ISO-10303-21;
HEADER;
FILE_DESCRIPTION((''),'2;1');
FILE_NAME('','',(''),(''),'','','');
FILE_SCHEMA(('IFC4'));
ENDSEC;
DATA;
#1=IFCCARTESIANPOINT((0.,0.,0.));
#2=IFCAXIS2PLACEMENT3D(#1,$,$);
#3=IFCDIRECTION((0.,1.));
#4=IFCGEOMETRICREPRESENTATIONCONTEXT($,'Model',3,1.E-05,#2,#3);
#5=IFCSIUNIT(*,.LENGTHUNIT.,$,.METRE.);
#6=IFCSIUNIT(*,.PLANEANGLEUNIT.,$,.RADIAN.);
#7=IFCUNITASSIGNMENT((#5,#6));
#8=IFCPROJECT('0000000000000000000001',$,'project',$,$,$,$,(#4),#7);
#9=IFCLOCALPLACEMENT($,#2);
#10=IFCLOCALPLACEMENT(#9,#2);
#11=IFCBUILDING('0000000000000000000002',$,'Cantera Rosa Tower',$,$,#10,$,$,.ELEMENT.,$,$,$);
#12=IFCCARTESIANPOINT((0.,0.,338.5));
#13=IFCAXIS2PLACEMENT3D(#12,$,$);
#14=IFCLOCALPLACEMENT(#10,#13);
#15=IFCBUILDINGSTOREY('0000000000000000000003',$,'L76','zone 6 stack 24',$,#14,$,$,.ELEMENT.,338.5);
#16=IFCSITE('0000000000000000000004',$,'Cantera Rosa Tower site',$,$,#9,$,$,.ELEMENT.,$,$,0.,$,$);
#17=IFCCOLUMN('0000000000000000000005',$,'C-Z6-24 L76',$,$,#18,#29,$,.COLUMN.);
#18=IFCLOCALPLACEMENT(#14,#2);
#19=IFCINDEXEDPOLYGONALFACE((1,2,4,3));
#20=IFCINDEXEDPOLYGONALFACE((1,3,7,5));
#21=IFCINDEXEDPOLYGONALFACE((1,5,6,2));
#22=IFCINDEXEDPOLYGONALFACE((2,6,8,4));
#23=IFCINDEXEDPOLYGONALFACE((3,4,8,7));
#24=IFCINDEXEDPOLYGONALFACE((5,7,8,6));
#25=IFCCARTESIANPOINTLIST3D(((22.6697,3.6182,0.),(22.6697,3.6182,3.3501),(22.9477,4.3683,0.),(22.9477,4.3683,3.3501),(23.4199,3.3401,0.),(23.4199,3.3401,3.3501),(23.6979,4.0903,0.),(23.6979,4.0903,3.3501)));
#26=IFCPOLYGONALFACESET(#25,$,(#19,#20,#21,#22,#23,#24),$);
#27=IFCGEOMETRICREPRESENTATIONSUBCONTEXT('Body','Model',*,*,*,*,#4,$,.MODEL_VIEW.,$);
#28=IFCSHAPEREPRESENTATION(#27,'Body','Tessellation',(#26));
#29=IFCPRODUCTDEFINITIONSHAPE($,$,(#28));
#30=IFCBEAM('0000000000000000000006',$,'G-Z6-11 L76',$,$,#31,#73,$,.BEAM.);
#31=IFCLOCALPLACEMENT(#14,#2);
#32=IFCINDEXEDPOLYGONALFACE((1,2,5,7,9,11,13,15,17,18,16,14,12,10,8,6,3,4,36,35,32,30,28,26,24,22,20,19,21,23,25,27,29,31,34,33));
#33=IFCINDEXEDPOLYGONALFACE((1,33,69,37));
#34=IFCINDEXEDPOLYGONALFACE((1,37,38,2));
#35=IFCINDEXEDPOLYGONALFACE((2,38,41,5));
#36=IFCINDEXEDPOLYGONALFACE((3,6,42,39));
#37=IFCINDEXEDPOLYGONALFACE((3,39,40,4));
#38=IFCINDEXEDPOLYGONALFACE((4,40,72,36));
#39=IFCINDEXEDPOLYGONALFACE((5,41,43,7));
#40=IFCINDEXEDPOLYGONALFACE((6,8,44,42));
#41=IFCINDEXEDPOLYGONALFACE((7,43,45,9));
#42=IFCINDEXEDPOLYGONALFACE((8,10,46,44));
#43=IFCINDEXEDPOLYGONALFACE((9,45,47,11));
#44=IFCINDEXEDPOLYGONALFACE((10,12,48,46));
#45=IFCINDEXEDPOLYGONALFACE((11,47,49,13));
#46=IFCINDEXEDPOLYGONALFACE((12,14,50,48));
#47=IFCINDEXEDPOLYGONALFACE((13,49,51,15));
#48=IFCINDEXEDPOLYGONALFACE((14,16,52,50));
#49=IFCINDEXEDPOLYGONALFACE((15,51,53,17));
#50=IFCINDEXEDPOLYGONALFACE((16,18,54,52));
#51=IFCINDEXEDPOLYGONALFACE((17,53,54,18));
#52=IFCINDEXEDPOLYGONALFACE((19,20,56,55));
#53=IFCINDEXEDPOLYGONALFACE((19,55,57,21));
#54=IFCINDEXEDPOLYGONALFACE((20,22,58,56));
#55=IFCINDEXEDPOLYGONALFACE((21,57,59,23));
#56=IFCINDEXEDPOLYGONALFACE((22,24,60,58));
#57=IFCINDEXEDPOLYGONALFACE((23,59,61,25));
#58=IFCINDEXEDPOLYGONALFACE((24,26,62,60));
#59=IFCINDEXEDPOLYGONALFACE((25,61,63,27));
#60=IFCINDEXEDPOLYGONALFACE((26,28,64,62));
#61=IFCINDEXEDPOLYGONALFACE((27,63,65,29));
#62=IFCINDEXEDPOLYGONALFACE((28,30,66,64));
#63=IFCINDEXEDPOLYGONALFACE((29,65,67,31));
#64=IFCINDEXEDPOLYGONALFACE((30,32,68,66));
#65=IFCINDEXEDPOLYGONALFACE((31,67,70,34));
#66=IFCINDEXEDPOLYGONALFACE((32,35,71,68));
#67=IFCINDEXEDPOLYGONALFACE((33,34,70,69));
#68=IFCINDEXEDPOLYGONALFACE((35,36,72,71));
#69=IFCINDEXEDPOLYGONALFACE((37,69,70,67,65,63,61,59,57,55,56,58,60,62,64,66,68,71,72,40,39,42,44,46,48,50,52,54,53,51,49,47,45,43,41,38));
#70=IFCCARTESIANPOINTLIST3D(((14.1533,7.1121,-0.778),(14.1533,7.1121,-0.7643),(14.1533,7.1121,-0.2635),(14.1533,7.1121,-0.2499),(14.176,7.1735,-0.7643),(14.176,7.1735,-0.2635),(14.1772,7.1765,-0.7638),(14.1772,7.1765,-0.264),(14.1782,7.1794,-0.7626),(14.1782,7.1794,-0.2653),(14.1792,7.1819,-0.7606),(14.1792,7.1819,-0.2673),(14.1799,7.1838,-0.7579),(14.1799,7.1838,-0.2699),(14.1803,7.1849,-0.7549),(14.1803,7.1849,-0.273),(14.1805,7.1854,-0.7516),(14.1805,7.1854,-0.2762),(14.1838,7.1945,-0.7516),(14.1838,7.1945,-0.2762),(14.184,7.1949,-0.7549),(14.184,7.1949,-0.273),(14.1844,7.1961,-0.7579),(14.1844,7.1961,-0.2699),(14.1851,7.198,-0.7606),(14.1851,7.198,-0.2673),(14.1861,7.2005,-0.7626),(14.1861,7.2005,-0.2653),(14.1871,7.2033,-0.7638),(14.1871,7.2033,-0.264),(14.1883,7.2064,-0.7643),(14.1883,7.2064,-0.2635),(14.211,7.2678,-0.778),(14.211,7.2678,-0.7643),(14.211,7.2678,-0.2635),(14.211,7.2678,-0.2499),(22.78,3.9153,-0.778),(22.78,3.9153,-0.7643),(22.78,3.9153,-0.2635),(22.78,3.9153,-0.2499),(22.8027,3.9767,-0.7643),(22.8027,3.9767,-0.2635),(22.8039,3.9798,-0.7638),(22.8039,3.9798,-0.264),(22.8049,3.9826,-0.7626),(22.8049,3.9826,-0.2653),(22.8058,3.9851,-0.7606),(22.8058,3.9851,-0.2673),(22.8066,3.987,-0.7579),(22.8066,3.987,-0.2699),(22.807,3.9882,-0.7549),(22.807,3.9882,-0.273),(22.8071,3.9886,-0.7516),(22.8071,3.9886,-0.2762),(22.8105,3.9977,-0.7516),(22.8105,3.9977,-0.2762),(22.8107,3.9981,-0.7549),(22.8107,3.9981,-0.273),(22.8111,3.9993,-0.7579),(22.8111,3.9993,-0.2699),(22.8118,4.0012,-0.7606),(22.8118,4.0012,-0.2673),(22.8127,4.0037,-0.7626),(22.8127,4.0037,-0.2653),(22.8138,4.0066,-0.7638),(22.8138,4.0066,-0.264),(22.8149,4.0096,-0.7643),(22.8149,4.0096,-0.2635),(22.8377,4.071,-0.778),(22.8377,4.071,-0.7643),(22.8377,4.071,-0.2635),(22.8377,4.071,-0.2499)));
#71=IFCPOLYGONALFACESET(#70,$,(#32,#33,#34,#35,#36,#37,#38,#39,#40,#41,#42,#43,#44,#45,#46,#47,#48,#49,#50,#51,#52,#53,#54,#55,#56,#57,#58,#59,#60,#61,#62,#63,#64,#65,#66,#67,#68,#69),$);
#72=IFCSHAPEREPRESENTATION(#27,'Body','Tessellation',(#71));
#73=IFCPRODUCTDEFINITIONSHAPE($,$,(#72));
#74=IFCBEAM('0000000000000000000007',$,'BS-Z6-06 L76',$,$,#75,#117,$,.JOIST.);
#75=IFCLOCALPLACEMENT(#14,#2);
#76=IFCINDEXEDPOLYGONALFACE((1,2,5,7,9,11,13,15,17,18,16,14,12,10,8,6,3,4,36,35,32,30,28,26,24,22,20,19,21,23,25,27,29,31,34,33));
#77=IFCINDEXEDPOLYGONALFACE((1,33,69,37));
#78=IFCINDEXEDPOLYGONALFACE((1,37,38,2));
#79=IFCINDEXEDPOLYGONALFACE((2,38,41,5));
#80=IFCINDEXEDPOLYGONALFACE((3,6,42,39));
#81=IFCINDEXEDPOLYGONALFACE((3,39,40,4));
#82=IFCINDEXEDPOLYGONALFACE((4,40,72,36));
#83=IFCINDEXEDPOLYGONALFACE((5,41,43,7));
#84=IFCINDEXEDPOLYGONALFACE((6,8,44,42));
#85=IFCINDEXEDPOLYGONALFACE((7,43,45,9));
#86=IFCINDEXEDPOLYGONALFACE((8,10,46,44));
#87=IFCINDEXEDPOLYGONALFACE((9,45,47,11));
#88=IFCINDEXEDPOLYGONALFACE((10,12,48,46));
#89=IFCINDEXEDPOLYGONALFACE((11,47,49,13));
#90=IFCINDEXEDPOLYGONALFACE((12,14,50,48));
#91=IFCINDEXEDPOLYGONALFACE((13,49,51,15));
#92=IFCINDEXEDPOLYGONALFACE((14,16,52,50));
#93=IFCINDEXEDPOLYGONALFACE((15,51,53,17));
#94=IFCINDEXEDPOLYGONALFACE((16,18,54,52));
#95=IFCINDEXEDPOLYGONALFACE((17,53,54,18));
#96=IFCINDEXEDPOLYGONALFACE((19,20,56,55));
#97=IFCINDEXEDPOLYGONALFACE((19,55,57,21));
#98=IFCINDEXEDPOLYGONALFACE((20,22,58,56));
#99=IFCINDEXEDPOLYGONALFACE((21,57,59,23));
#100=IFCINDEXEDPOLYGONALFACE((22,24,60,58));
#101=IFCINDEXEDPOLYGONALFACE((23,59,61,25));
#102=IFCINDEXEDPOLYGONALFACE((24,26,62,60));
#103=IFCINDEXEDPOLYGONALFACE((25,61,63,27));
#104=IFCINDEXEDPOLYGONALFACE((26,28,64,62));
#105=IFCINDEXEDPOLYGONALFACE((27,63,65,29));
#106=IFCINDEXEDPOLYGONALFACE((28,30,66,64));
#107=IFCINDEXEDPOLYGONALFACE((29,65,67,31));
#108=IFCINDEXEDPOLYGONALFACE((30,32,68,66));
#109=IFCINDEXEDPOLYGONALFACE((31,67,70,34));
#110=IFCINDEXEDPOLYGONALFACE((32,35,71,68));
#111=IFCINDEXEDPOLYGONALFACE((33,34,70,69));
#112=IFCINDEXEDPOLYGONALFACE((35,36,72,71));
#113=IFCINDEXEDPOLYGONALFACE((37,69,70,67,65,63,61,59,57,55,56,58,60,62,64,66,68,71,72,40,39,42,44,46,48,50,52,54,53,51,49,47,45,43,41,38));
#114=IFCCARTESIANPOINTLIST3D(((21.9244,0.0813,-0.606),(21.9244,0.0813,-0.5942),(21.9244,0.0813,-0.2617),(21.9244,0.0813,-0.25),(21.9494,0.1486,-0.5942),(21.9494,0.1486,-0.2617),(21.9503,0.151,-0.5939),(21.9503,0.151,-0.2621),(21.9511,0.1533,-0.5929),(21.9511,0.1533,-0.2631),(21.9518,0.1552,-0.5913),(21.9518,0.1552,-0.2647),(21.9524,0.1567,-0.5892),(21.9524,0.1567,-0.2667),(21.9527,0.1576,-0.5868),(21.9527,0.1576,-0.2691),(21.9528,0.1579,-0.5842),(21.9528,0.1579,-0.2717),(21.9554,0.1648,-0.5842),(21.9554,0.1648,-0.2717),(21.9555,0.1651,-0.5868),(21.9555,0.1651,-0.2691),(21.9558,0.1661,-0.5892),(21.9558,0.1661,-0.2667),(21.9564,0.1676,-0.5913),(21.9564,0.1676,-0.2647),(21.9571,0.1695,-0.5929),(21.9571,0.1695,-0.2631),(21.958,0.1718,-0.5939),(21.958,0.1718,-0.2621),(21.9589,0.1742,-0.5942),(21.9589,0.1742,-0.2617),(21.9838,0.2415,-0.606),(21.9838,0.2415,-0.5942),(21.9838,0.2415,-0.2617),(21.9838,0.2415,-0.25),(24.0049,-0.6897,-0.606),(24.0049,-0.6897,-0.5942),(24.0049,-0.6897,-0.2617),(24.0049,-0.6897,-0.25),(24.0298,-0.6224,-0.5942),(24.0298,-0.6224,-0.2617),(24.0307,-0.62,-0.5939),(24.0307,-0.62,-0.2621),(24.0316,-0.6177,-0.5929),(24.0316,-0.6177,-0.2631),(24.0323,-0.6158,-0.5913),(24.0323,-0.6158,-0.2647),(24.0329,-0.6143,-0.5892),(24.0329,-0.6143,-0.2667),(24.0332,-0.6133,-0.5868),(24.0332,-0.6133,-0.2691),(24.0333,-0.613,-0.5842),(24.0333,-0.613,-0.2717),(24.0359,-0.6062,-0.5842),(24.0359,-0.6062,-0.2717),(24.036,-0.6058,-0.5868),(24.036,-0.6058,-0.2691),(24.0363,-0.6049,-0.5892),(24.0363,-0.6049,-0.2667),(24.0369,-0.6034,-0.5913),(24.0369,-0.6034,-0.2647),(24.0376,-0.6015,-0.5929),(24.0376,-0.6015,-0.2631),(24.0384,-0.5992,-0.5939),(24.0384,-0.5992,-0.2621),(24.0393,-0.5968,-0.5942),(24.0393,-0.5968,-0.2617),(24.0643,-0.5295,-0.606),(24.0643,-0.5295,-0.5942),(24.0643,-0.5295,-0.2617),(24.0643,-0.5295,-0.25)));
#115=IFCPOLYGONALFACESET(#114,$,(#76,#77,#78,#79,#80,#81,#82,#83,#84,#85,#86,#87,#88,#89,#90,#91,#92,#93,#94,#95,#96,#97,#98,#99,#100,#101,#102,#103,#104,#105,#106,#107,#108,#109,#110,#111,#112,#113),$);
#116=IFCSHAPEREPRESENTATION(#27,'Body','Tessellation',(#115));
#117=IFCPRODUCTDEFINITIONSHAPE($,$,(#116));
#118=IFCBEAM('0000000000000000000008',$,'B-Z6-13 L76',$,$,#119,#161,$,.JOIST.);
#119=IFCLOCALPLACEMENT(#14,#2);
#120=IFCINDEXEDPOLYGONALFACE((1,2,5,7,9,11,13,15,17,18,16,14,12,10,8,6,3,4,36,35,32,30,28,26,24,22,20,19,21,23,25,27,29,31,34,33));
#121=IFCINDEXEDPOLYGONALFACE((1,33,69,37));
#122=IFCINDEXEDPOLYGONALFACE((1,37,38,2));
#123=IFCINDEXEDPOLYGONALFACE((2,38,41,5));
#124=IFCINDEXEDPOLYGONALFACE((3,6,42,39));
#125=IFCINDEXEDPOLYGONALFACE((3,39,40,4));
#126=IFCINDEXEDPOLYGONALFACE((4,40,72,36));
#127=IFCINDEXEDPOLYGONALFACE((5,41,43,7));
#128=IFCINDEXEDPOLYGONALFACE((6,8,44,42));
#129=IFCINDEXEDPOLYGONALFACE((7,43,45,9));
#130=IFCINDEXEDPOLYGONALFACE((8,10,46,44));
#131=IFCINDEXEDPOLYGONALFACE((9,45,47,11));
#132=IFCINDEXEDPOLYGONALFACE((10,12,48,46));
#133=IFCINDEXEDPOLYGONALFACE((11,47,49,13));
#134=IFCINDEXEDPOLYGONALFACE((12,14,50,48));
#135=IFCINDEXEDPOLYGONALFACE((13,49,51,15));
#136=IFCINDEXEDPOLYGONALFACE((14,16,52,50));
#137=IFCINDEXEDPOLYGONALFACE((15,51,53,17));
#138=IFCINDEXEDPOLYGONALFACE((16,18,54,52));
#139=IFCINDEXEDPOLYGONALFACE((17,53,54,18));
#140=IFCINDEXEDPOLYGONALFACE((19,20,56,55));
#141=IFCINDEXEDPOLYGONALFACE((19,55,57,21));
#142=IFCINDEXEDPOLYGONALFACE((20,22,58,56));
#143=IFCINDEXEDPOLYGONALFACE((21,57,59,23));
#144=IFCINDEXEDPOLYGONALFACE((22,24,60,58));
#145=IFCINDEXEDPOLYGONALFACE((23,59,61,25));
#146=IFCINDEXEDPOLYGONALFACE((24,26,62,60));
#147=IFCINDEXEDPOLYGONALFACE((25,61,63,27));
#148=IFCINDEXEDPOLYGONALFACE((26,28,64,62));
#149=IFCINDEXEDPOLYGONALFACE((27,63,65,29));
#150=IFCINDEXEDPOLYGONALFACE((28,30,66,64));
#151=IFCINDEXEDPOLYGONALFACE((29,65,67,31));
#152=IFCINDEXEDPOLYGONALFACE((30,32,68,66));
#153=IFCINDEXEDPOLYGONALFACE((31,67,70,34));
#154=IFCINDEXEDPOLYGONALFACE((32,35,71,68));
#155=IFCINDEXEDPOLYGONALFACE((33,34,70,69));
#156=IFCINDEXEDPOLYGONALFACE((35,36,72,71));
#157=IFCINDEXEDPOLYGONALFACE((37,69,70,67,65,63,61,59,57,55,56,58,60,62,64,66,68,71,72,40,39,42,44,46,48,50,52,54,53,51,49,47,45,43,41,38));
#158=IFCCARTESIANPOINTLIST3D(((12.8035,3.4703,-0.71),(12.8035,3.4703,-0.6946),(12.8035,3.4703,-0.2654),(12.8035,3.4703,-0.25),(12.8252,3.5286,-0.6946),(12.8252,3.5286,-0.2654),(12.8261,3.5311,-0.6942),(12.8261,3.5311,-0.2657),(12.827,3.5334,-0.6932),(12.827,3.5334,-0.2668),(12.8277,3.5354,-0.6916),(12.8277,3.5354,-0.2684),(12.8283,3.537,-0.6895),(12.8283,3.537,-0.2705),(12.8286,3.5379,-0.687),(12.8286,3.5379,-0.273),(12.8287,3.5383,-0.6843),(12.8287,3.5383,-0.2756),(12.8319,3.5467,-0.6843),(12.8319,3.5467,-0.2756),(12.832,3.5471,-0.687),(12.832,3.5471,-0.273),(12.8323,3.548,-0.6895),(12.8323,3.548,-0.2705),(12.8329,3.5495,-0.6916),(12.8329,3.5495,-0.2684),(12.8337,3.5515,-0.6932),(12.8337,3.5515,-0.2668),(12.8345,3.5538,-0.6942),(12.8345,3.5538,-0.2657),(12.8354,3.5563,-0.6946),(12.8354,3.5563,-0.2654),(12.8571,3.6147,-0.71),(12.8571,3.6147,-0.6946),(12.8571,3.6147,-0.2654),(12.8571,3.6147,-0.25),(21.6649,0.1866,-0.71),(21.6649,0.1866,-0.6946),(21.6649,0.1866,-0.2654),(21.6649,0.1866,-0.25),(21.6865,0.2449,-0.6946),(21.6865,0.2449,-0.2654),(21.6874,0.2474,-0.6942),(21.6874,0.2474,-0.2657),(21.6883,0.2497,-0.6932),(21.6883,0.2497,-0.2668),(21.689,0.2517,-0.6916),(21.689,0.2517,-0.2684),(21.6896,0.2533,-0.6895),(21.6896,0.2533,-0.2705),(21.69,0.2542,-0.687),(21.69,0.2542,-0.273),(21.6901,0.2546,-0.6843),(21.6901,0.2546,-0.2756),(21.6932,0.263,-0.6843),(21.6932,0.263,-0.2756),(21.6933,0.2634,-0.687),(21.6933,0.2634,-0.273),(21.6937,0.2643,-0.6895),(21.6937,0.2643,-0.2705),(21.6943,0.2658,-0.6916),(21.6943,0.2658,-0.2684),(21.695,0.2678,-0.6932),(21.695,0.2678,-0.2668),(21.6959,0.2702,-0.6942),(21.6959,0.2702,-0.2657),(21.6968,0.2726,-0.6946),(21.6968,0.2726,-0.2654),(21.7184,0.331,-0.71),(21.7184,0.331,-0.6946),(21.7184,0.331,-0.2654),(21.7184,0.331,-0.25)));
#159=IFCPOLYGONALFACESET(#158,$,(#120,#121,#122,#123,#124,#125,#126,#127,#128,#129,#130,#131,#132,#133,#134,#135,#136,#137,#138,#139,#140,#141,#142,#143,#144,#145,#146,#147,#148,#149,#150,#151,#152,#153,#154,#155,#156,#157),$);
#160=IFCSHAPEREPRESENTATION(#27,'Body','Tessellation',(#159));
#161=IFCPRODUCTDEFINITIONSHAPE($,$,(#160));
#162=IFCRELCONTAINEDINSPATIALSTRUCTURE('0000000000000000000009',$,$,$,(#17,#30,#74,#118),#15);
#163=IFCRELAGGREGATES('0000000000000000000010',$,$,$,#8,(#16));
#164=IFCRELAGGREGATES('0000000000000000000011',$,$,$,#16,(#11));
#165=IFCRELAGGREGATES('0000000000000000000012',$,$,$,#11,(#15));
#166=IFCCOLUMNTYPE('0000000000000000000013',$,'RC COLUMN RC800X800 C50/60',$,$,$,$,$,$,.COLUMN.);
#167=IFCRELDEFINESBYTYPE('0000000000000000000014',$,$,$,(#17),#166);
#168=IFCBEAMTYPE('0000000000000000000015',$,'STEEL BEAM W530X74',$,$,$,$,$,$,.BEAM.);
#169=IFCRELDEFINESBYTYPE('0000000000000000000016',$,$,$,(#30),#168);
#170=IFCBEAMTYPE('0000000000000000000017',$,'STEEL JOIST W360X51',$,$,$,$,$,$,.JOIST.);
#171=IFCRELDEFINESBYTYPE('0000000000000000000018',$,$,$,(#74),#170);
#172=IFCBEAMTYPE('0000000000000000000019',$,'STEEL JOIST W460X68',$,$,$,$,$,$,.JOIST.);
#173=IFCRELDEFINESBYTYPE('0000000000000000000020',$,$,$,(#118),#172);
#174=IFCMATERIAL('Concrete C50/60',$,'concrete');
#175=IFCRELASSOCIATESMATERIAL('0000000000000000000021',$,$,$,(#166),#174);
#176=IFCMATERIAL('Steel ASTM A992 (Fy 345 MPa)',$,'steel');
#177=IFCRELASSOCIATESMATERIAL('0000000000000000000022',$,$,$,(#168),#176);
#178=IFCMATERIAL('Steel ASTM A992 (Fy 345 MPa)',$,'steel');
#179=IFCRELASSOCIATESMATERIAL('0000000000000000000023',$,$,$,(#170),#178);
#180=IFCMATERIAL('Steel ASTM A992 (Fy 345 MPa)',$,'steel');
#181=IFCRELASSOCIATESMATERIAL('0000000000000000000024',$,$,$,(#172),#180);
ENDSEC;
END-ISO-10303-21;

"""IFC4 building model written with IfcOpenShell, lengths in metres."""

from ifc_helpers import new_model, si_unit, direction, frame, origin, origin_2d, place, context, subcontext, project, spatial, rectangle, i_section, extrude, material, material_profile, profile_set, type_object, element, save


model = new_model("IFC4")

# Units and contexts
model_context = context("Model", 3, precision=1e-05, world=origin(), true_north=direction((0.0, 1.0)))
body_context = subcontext(model_context, "Body", "Model", "MODEL_VIEW")
ifc_project = project(units=[si_unit("LENGTHUNIT", "METRE"), si_unit("PLANEANGLEUNIT", "RADIAN")], contexts=[model_context])

# Site, building, storey
site_placement = place(None, origin())
site = spatial("IfcSite", under=ifc_project, at=site_placement, Name="Cantera Rosa Tower site", CompositionType="ELEMENT", RefElevation=0.0)
building_placement = place(site_placement, origin())
building = spatial("IfcBuilding", under=site, at=building_placement, Name="Cantera Rosa Tower", CompositionType="ELEMENT")
storey_placement = place(building_placement, frame((0.0, 0.0, 338.5)))
storey = spatial("IfcBuildingStorey", under=building, at=storey_placement, Name="L76", Description="zone 6 stack 24", CompositionType="ELEMENT", Elevation=338.5)

# Column
ifc_material_1 = material(Name="Concrete C50/60", Category="concrete")
ifc_material_profile_1 = material_profile(ifc_material_1, rectangle(XDim=0.8, YDim=0.8, at=origin_2d()), Name="RC COLUMN RC800X800 C50/60")
ifc_profile_set_1 = profile_set([ifc_material_profile_1], Name="Concrete C50/60")
column_type = type_object("IfcColumnType", Name="RC COLUMN RC800X800 C50/60", PredefinedType="COLUMN", material=ifc_profile_set_1)
column_placement = place(storey_placement, frame((23.1838, 3.8542, 0.0), z_axis=(0.0, 0.0, 1.0), x_axis=(0.347481, 0.937687, 0.0)))
element("IfcColumn", 1, at=column_placement, inside=storey, type_object=column_type, Name="C-Z6-24 L76", PredefinedType="COLUMN", context=body_context, shape_type="SweptSolid", body=[
    extrude(rectangle(XDim=0.8, YDim=0.8, at=origin_2d()), origin(), (0.0, 0.0, 1.0), 3.3501),
])

# Beams
ifc_material_2 = material(Name="Steel ASTM A992 (Fy 345 MPa)", Category="steel")
ifc_material_profile_2 = material_profile(ifc_material_2, i_section(OverallWidth=0.166, OverallDepth=0.5281, WebThickness=0.0098, FlangeThickness=0.0137, FilletRadius=0.0127, at=origin_2d()), Name="W530X74")
ifc_profile_set_2 = profile_set([ifc_material_profile_2], Name="Steel ASTM A992 (Fy 345 MPa)")
beam_type_1 = type_object("IfcBeamType", Name="STEEL BEAM W530X74", PredefinedType="BEAM", material=ifc_profile_set_2)
beam_1_placement = place(storey_placement, frame((22.8088, 3.9932, -0.5139), z_axis=(-0.937689, 0.347477, 0.0), x_axis=(-0.347477, -0.937689, 0.0)))
element("IfcBeam", 2, at=beam_1_placement, inside=storey, type_object=beam_type_1, Name="G-Z6-11 L76", PredefinedType="BEAM", context=body_context, shape_type="SweptSolid", body=[
    extrude(i_section(OverallWidth=0.166, OverallDepth=0.5281, WebThickness=0.0098, FlangeThickness=0.0137, FilletRadius=0.0127, at=origin_2d()), origin(), (0.0, 0.0, 1.0), 9.2),
])
ifc_material_3 = material(Name="Steel ASTM A992 (Fy 345 MPa)", Category="steel")
ifc_material_profile_3 = material_profile(ifc_material_3, i_section(OverallWidth=0.1709, OverallDepth=0.356, WebThickness=0.0073, FlangeThickness=0.0117, FilletRadius=0.01, at=origin_2d()), Name="W360X51")
ifc_profile_set_3 = profile_set([ifc_material_profile_3], Name="Steel ASTM A992 (Fy 345 MPa)")
beam_type_2 = type_object("IfcBeamType", Name="STEEL JOIST W360X51", PredefinedType="JOIST", material=ifc_profile_set_3)
beam_2_placement = place(storey_placement, frame((21.9541, 0.1614, -0.428), z_axis=(0.937688, -0.347479, 0.0), x_axis=(0.347479, 0.937688, 0.0)))
element("IfcBeam", 3, at=beam_2_placement, inside=storey, type_object=beam_type_2, Name="BS-Z6-06 L76", PredefinedType="JOIST", context=body_context, shape_type="SweptSolid", body=[
    extrude(i_section(OverallWidth=0.1709, OverallDepth=0.356, WebThickness=0.0073, FlangeThickness=0.0117, FilletRadius=0.01, at=origin_2d()), origin(), (0.0, 0.0, 1.0), 2.2188),
])
ifc_material_4 = material(Name="Steel ASTM A992 (Fy 345 MPa)", Category="steel")
ifc_material_profile_4 = material_profile(ifc_material_4, i_section(OverallWidth=0.1541, OverallDepth=0.46, WebThickness=0.009, FlangeThickness=0.0154, FilletRadius=0.0103, at=origin_2d()), Name="W460X68")
ifc_profile_set_4 = profile_set([ifc_material_profile_4], Name="Steel ASTM A992 (Fy 345 MPa)")
beam_type_3 = type_object("IfcBeamType", Name="STEEL JOIST W460X68", PredefinedType="JOIST", material=ifc_profile_set_4)
beam_3_placement = place(storey_placement, frame((21.6917, 0.2588, -0.48), z_axis=(-0.93769, 0.347474, 0.0), x_axis=(-0.347474, -0.93769, 0.0)))
element("IfcBeam", 4, at=beam_3_placement, inside=storey, type_object=beam_type_3, Name="B-Z6-13 L76", PredefinedType="JOIST", context=body_context, shape_type="SweptSolid", body=[
    extrude(i_section(OverallWidth=0.1541, OverallDepth=0.46, WebThickness=0.009, FlangeThickness=0.0154, FilletRadius=0.0103, at=origin_2d()), origin(), (0.0, 0.0, 1.0), 9.4502),
])

save(model, "model.ifc")
